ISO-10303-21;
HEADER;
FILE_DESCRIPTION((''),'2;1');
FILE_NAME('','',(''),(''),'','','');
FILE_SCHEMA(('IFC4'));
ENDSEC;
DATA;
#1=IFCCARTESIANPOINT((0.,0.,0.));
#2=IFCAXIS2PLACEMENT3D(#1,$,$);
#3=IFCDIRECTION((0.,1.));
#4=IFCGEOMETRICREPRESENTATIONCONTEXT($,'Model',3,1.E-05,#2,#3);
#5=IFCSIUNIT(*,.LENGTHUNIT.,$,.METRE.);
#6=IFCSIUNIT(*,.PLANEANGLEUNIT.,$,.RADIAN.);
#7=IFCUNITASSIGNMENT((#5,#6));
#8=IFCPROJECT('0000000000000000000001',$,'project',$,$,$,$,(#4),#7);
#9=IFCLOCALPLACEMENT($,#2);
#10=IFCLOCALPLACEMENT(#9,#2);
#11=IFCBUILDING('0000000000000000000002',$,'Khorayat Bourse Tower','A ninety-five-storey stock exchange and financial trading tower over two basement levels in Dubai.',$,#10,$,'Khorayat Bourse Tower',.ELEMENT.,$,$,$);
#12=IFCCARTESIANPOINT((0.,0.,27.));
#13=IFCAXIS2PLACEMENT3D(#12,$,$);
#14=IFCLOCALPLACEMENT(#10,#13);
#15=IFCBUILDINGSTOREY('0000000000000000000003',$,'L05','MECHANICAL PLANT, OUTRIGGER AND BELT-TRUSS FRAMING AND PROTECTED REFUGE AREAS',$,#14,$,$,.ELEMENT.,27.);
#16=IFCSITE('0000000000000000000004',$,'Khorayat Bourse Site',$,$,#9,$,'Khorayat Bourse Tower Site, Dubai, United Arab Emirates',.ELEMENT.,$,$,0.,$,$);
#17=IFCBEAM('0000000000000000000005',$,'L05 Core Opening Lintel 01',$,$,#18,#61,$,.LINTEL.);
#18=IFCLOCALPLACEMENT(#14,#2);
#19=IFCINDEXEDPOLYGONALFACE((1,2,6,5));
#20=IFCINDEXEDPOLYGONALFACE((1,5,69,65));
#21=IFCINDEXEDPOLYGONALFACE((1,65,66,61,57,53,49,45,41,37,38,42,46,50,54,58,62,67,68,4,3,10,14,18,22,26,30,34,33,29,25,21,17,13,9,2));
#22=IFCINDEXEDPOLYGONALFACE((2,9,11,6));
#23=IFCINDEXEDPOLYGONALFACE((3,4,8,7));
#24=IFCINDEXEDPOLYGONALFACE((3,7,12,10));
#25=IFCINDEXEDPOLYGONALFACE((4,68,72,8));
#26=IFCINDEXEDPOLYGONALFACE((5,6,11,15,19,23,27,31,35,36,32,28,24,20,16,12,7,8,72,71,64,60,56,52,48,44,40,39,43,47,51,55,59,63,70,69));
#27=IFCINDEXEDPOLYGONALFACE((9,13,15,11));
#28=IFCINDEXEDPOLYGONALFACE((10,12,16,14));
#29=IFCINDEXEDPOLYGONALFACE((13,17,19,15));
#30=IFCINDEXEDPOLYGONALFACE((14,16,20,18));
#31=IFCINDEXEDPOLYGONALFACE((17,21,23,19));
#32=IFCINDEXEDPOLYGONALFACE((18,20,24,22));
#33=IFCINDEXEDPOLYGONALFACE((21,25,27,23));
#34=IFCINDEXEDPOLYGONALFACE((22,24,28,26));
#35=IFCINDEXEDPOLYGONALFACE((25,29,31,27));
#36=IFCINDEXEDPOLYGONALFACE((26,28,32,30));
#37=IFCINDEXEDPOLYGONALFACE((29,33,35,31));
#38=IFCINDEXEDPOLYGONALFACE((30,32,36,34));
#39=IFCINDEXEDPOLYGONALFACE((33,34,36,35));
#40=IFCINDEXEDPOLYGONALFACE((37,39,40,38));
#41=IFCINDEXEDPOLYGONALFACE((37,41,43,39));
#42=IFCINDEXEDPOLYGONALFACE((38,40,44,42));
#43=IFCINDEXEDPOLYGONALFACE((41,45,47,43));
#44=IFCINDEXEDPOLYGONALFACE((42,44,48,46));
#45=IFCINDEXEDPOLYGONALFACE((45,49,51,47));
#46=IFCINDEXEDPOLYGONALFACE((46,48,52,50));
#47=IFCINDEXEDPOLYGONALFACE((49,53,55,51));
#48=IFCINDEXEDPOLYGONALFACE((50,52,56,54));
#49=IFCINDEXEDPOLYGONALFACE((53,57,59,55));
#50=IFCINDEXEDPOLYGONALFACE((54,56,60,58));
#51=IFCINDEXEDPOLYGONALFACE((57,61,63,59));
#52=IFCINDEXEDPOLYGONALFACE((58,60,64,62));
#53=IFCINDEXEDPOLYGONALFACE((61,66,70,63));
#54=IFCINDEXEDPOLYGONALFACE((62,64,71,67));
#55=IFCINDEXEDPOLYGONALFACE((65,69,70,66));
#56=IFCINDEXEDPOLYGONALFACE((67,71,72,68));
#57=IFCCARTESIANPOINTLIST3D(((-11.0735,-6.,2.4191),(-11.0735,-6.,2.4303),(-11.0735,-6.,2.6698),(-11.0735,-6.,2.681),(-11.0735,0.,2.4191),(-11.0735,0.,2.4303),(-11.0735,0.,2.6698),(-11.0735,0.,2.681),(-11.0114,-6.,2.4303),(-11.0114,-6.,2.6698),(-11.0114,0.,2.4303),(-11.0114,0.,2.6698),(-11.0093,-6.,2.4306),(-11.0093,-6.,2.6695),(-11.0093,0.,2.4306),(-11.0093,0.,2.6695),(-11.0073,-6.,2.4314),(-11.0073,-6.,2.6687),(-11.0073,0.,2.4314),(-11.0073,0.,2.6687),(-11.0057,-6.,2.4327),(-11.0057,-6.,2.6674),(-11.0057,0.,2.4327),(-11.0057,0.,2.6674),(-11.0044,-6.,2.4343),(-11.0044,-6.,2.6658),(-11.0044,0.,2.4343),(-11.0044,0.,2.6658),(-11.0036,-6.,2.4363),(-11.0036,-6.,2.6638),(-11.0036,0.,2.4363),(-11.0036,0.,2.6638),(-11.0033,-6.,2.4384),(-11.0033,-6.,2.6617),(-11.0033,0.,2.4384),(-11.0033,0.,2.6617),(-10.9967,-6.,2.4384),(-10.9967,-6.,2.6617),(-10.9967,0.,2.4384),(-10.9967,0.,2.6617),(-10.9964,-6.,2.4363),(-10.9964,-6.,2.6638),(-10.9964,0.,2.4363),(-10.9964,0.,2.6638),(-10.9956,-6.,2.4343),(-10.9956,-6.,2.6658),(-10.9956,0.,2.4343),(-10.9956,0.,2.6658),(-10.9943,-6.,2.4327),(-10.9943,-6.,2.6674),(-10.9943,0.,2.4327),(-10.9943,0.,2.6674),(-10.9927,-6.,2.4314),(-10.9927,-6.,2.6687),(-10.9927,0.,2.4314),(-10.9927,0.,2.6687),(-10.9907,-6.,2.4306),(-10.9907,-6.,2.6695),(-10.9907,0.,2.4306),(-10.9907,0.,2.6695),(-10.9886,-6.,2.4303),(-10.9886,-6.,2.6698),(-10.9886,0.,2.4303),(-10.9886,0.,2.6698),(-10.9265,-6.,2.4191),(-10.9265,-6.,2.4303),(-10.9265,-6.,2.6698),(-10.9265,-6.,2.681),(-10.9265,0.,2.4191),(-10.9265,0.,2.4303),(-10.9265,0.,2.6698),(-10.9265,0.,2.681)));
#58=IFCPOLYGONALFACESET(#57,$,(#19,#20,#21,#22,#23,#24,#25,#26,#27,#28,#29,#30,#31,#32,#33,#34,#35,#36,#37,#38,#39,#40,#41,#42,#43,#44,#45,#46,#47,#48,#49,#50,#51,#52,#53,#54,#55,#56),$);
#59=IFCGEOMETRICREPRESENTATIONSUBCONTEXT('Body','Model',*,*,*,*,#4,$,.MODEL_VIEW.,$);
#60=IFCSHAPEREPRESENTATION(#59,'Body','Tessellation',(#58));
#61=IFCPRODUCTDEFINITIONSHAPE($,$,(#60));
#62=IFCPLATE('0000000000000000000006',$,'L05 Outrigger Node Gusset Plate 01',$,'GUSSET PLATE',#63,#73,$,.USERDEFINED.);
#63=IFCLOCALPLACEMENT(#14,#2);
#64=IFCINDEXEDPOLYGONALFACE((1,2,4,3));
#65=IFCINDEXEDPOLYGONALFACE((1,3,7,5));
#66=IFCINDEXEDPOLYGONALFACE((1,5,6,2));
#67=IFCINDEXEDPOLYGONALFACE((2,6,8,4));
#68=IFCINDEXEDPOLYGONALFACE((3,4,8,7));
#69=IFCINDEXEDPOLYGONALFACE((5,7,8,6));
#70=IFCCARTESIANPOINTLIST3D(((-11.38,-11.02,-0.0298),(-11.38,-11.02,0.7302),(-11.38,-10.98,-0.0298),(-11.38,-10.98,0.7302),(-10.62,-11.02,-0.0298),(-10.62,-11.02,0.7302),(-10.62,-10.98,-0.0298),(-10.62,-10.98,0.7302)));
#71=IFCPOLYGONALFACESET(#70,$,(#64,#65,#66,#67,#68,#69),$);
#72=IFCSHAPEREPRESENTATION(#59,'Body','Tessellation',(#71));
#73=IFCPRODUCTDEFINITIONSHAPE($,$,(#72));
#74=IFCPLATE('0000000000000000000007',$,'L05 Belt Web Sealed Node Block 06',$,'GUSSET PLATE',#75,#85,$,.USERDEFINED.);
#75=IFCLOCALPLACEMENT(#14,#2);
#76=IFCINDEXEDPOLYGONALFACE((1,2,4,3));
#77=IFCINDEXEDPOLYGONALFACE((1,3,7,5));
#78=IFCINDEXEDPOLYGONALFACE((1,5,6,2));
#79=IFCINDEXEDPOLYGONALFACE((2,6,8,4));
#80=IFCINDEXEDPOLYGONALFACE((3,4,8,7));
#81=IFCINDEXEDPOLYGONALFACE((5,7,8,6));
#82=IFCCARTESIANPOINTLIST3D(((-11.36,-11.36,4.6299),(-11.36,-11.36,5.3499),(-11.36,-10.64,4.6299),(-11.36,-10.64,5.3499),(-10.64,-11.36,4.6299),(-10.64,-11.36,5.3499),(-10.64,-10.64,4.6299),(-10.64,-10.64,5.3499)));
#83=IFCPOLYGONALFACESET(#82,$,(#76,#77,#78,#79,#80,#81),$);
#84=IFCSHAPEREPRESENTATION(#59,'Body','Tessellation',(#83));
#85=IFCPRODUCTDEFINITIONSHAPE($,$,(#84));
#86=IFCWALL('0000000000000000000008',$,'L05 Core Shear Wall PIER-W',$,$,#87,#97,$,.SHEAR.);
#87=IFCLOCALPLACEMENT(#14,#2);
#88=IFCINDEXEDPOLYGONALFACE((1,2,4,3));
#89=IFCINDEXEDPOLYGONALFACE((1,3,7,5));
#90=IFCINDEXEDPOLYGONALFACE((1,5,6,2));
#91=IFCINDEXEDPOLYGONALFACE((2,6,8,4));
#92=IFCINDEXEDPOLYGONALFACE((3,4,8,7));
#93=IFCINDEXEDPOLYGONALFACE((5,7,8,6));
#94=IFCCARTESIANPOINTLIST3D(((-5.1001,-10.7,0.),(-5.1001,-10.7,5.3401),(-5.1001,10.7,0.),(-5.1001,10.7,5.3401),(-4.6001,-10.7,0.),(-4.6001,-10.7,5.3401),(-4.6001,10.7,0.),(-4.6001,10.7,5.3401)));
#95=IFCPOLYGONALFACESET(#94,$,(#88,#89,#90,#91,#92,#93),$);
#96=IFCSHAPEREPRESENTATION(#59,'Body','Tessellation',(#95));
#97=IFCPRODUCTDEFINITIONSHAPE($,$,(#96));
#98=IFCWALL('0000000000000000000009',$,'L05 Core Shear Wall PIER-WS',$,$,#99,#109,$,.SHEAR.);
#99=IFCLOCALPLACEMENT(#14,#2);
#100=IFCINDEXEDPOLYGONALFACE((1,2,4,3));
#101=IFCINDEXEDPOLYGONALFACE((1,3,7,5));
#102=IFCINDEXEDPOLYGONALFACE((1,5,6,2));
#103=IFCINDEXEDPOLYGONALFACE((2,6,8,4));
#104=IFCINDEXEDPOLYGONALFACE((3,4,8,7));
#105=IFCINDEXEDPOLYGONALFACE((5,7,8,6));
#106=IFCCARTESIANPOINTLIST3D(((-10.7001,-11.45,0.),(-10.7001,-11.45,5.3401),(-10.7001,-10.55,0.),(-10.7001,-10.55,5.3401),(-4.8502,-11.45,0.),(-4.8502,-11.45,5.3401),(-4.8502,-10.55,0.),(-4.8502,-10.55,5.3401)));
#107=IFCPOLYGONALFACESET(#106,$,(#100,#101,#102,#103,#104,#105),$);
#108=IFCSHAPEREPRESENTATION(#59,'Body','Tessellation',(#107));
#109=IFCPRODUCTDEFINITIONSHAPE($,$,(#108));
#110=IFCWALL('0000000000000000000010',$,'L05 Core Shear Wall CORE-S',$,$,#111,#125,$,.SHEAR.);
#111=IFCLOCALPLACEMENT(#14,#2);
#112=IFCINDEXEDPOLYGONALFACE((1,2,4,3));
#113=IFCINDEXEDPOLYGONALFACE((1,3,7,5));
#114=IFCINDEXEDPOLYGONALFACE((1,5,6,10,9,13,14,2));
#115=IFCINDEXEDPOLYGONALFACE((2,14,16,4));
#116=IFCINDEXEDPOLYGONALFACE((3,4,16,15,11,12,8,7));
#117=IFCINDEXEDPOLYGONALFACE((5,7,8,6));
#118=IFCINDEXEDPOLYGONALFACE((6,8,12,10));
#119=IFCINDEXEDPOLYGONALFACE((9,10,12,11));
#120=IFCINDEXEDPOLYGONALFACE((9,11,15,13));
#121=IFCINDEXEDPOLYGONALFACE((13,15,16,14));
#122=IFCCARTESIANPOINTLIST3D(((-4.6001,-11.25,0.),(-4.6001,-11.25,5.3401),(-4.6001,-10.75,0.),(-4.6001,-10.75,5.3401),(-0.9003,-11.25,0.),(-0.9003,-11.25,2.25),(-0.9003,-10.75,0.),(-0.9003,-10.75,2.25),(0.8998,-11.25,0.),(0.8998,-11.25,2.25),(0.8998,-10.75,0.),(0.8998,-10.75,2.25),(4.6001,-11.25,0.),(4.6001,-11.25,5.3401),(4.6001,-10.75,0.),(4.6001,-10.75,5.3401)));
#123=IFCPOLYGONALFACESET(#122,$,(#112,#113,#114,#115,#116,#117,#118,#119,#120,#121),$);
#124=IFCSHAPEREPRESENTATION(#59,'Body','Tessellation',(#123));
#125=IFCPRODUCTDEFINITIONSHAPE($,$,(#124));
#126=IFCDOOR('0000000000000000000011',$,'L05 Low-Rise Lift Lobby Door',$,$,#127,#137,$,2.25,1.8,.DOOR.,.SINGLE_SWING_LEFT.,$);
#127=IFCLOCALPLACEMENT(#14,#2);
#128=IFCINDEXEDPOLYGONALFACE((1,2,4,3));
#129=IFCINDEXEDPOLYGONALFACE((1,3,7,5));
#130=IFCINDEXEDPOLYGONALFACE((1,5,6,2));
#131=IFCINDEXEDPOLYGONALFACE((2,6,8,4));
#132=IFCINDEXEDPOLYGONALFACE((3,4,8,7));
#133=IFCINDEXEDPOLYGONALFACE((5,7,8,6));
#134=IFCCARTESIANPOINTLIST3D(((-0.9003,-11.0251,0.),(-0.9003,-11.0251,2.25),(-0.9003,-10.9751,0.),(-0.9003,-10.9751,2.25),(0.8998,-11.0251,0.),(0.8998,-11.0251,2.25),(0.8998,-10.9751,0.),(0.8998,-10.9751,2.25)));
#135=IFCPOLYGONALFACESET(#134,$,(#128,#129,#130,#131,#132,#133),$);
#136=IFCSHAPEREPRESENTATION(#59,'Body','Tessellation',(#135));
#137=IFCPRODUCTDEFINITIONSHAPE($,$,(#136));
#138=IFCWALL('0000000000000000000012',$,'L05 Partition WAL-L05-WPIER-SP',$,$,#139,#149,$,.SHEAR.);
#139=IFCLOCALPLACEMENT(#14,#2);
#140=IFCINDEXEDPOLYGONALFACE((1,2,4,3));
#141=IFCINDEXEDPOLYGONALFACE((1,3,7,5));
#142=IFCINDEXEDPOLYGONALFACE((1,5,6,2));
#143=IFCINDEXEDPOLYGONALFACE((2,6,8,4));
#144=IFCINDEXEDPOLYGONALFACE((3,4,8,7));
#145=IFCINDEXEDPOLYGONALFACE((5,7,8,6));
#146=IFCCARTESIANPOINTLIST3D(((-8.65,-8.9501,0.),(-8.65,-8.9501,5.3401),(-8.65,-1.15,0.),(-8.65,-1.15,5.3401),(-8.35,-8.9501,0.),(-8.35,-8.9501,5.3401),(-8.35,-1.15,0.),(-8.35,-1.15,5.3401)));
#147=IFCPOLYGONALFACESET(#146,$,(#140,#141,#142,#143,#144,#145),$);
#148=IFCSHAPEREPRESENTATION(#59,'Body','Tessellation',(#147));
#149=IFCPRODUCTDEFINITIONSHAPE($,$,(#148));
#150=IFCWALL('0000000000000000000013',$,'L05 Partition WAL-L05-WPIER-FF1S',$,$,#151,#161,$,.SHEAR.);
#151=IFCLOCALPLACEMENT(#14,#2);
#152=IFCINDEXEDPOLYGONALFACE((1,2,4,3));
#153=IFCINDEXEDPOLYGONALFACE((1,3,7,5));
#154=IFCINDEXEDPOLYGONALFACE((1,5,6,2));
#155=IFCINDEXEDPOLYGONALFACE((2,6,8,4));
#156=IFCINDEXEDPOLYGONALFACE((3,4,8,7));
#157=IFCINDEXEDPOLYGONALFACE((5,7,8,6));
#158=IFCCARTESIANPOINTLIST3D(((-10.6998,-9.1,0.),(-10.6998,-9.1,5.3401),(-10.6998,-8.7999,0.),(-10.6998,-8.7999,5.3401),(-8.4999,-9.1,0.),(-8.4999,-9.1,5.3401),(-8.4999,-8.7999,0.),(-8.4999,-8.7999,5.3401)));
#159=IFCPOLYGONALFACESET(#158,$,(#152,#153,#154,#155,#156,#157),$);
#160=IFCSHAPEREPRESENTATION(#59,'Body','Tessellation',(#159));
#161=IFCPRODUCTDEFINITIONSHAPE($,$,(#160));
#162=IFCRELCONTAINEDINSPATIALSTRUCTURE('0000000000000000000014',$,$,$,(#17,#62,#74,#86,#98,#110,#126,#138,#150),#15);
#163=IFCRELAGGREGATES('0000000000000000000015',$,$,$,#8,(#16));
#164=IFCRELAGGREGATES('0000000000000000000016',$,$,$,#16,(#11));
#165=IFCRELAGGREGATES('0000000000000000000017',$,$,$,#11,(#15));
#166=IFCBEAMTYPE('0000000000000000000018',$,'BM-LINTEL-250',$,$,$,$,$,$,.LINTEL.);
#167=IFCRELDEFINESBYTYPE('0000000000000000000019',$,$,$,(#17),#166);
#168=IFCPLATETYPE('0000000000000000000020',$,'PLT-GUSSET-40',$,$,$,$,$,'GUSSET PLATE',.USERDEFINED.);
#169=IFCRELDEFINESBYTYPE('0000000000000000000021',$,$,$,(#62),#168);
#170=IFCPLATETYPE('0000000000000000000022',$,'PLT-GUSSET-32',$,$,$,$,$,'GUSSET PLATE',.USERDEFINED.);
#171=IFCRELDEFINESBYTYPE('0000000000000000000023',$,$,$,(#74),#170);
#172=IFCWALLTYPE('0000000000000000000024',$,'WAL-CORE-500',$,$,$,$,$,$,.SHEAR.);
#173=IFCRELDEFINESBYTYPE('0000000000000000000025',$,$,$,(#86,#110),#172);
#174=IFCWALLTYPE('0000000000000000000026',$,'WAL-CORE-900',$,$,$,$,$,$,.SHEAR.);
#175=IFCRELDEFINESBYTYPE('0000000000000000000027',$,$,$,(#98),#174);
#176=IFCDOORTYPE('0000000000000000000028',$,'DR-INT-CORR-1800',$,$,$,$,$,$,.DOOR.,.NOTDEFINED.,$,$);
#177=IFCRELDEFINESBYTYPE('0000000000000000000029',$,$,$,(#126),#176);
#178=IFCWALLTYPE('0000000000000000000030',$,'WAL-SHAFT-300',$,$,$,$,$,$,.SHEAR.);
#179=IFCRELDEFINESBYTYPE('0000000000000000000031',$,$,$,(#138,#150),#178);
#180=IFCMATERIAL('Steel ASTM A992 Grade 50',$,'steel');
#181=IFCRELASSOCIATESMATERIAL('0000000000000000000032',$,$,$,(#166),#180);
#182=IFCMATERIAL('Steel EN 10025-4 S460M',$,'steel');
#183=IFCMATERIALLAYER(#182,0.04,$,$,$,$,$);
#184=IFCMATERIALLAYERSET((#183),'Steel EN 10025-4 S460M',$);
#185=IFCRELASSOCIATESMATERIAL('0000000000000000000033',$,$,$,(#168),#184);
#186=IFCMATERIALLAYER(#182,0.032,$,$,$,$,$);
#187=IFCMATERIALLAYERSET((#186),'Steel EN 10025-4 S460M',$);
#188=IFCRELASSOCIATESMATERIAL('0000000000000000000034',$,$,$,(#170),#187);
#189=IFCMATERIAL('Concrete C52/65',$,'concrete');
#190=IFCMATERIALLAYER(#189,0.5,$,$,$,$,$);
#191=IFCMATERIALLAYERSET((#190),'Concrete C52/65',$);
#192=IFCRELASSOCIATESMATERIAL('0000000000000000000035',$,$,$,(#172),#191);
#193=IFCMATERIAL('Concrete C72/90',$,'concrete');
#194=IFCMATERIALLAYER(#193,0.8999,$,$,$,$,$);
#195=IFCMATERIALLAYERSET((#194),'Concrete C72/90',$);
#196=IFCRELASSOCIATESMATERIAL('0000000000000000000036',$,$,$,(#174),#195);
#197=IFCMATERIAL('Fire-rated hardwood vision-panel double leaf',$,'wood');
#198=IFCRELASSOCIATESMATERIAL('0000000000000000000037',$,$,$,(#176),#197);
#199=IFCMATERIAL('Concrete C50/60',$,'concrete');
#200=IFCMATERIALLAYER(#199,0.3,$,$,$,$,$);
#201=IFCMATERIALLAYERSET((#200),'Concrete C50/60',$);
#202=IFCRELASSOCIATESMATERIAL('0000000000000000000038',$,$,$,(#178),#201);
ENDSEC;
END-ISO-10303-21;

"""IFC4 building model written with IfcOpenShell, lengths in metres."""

from ifc_helpers import new_model, si_unit, direction, frame, frame_2d, origin, origin_2d, place, context, subcontext, project, spatial, rectangle, i_section, extrude, source, transform, mapped, material, layer, layer_set, material_profile, profile_set, type_object, element, fill, save


model = new_model("IFC4")

# Units and contexts
model_context = context("Model", 3, precision=1e-05, world=origin(), true_north=direction((0.0, 1.0)))
body_context = subcontext(model_context, "Body", "Model", "MODEL_VIEW")
ifc_project = project(units=[si_unit("LENGTHUNIT", "METRE"), si_unit("PLANEANGLEUNIT", "RADIAN")], contexts=[model_context])

# Site, building, storey
site_placement = place(None, origin())
site = spatial("IfcSite", under=ifc_project, at=site_placement, Name="Khorayat Bourse Site", LongName="Khorayat Bourse Tower Site, Dubai, United Arab Emirates", CompositionType="ELEMENT", RefElevation=0.0)
building_placement = place(site_placement, origin())
building = spatial("IfcBuilding", under=site, at=building_placement, Name="Khorayat Bourse Tower", Description="A ninety-five-storey stock exchange and financial trading tower over two basement levels in Dubai.", LongName="Khorayat Bourse Tower", CompositionType="ELEMENT")
storey_placement = place(building_placement, frame((0.0, 0.0, 27.0)))
storey = spatial("IfcBuildingStorey", under=building, at=storey_placement, Name="L05", Description="MECHANICAL PLANT, OUTRIGGER AND BELT-TRUSS FRAMING AND PROTECTED REFUGE AREAS", CompositionType="ELEMENT", Elevation=27.0)

# Shared definitions
ifc_material_1 = material(Name="Concrete C72/90", Category="concrete")

# Shared definitions
ifc_material_2 = material(Name="Steel ASTM A992 Grade 50", Category="steel")

# Shared definitions
ifc_material_3 = material(Name="Steel EN 10025-4 S460M", Category="steel")

# Beam
ifc_material_profile_1 = material_profile(ifc_material_2, i_section(OverallWidth=0.147, OverallDepth=0.262, WebThickness=0.0066, FlangeThickness=0.0112, FilletRadius=0.0081, at=origin_2d()), Name="W250X39")
ifc_profile_set_1 = profile_set([ifc_material_profile_1], Name="Steel ASTM A992 Grade 50")
beam_type_1 = type_object("IfcBeamType", Name="BM-LINTEL-250", PredefinedType="LINTEL", material=ifc_profile_set_1)
shared_shape_1 = source(origin(), body_context, "Body", "SweptSolid", [
    extrude(i_section(OverallWidth=0.147, OverallDepth=0.262, WebThickness=0.0066, FlangeThickness=0.0112, FilletRadius=0.0081, at=origin_2d()), origin(), (0.0, 0.0, 1.0), 6.0),
])
beam_1_placement = place(storey_placement, frame((-11.0, -6.0, 2.55), z_axis=(0.0, 1.0, 0.0), x_axis=(-1.0, 0.0, 0.0)))
element("IfcBeam", 1, at=beam_1_placement, inside=storey, type_object=beam_type_1, Name="L05 Core Opening Lintel 01", PredefinedType="LINTEL", context=body_context, shape_type="MappedRepresentation", body=[
    mapped(shared_shape_1, transform((0.0, 0.0, 0.0), scale=1.0)),
])

# Plates
ifc_layer_1 = layer(ifc_material_3, 0.04)
ifc_layer_set_1 = layer_set([ifc_layer_1], Name="Steel EN 10025-4 S460M")
plate_type_1 = type_object("IfcPlateType", Name="PLT-GUSSET-40", ElementType="GUSSET PLATE", PredefinedType="USERDEFINED", material=ifc_layer_set_1)
shared_shape_2 = source(origin(), body_context, "Body", "SweptSolid", [
    extrude(rectangle(XDim=0.76, YDim=0.04, at=origin_2d()), origin(), (0.0, 0.0, 1.0), 0.76),
])
plate_1_placement = place(storey_placement, frame((-11.0, -11.0, -0.0298), z_axis=(0.0, 0.0, 1.0), x_axis=(1.0, 0.0, 0.0)))
element("IfcPlate", 2, at=plate_1_placement, inside=storey, type_object=plate_type_1, Name="L05 Outrigger Node Gusset Plate 01", ObjectType="GUSSET PLATE", PredefinedType="USERDEFINED", context=body_context, shape_type="MappedRepresentation", body=[
    mapped(shared_shape_2, transform((0.0, 0.0, 0.0), scale=1.0)),
])
ifc_layer_2 = layer(ifc_material_3, 0.032)
ifc_layer_set_2 = layer_set([ifc_layer_2], Name="Steel EN 10025-4 S460M")
plate_type_2 = type_object("IfcPlateType", Name="PLT-GUSSET-32", ElementType="GUSSET PLATE", PredefinedType="USERDEFINED", material=ifc_layer_set_2)
shared_shape_3 = source(origin(), body_context, "Body", "SweptSolid", [
    extrude(rectangle(XDim=0.72, YDim=0.72, at=origin_2d()), origin(), (0.0, 0.0, 1.0), 0.72),
])
plate_2_placement = place(storey_placement, frame((-11.0, -11.0, 4.6299), z_axis=(0.0, 0.0, 1.0), x_axis=(1.0, 0.0, 0.0)))
element("IfcPlate", 3, at=plate_2_placement, inside=storey, type_object=plate_type_2, Name="L05 Belt Web Sealed Node Block 06", ObjectType="GUSSET PLATE", PredefinedType="USERDEFINED", context=body_context, shape_type="MappedRepresentation", body=[
    mapped(shared_shape_3, transform((0.0, 0.0, 0.0), scale=1.0)),
])

# Walls
ifc_material_4 = material(Name="Concrete C52/65", Category="concrete")
ifc_layer_3 = layer(ifc_material_4, 0.5)
ifc_layer_set_3 = layer_set([ifc_layer_3], Name="Concrete C52/65")
wall_type_1 = type_object("IfcWallType", Name="WAL-CORE-500", PredefinedType="SHEAR", material=ifc_layer_set_3)
shared_shape_4 = source(origin(), body_context, "Body", "SweptSolid", [
    extrude(rectangle(XDim=21.3999, YDim=0.5, at=frame_2d((10.7, 0.0))), origin(), (0.0, 0.0, 1.0), 5.3401),
])
wall_1_placement = place(storey_placement, frame((-4.8501, -10.7, 0.0), z_axis=(0.0, 0.0, 1.0), x_axis=(0.0, 1.0, 0.0)))
element("IfcWall", 4, at=wall_1_placement, inside=storey, type_object=wall_type_1, Name="L05 Core Shear Wall PIER-W", PredefinedType="SHEAR", context=body_context, shape_type="MappedRepresentation", body=[
    mapped(shared_shape_4, transform((0.0, 0.0, 0.0), scale=1.0)),
])
ifc_layer_4 = layer(ifc_material_1, 0.8999)
ifc_layer_set_4 = layer_set([ifc_layer_4], Name="Concrete C72/90")
wall_type_2 = type_object("IfcWallType", Name="WAL-CORE-900", PredefinedType="SHEAR", material=ifc_layer_set_4)
shared_shape_5 = source(origin(), body_context, "Body", "SweptSolid", [
    extrude(rectangle(XDim=5.8499, YDim=0.8999, at=frame_2d((2.9248, 0.0))), origin(), (0.0, 0.0, 1.0), 5.3401),
])
wall_2_placement = place(storey_placement, frame((-10.7, -11.0, 0.0), z_axis=(0.0, 0.0, 1.0), x_axis=(1.0, 0.0, 0.0)))
element("IfcWall", 5, at=wall_2_placement, inside=storey, type_object=wall_type_2, Name="L05 Core Shear Wall PIER-WS", PredefinedType="SHEAR", context=body_context, shape_type="MappedRepresentation", body=[
    mapped(shared_shape_5, transform((0.0, 0.0, 0.0), scale=1.0)),
])

# Wall, opening, door
shared_shape_6 = source(origin(), body_context, "Body", "SweptSolid", [
    extrude(rectangle(XDim=9.2002, YDim=0.5, at=frame_2d((4.6001, 0.0))), origin(), (0.0, 0.0, 1.0), 5.3401),
])
wall_3_placement = place(storey_placement, frame((-4.6001, -11.0, 0.0), z_axis=(0.0, 0.0, 1.0), x_axis=(1.0, 0.0, 0.0)))
wall_3 = element("IfcWall", 6, at=wall_3_placement, inside=storey, type_object=wall_type_1, Name="L05 Core Shear Wall CORE-S", PredefinedType="SHEAR", context=body_context, shape_type="MappedRepresentation", body=[
    mapped(shared_shape_6, transform((0.0, 0.0, 0.0), scale=1.0)),
])
shared_shape_7 = source(origin(), body_context, "Body", "SweptSolid", [
    extrude(rectangle(XDim=1.8, YDim=2.25, at=frame_2d((0.8999, 1.125))), frame((0.0, 0.26, 0.0), z_axis=(0.0, -1.0, 0.0), x_axis=(1.0, 0.0, 0.0)), (0.0, 0.0, 1.0), 0.52),
])
opening_1_placement = place(wall_3_placement, frame((3.7, 0.0, 0.0)))
opening_1 = element("IfcOpeningElement", 7, at=opening_1_placement, cuts=wall_3, PredefinedType="OPENING", context=body_context, shape_type="MappedRepresentation", body=[
    mapped(shared_shape_7, transform((0.0, 0.0, 0.0), scale=1.0)),
])
ifc_material_5 = material(Name="Fire-rated hardwood vision-panel double leaf", Category="wood")
door_type_1 = type_object("IfcDoorType", Name="DR-INT-CORR-1800", OperationType="NOTDEFINED", PredefinedType="DOOR", material=ifc_material_5)
shared_shape_8 = source(origin(), body_context, "Body", "SweptSolid", [
    extrude(rectangle(XDim=1.8, YDim=2.25, at=frame_2d((0.8999, 1.125))), frame((0.0, 0.0249, 0.0), z_axis=(0.0, -1.0, 0.0), x_axis=(1.0, 0.0, 0.0)), (0.0, 0.0, 1.0), 0.05),
])
door_1_placement = place(opening_1_placement, origin())
door_1 = element("IfcDoor", 8, at=door_1_placement, inside=storey, type_object=door_type_1, Name="L05 Low-Rise Lift Lobby Door", OperationType="SINGLE_SWING_LEFT", OverallHeight=2.25, OverallWidth=1.8, PredefinedType="DOOR", context=body_context, shape_type="MappedRepresentation", body=[
    mapped(shared_shape_8, transform((0.0, 0.0, 0.0), scale=1.0)),
])
fill(opening_1, door_1)

# Walls
ifc_material_6 = material(Name="Concrete C50/60", Category="concrete")
ifc_layer_5 = layer(ifc_material_6, 0.3)
ifc_layer_set_5 = layer_set([ifc_layer_5], Name="Concrete C50/60")
wall_type_3 = type_object("IfcWallType", Name="WAL-SHAFT-300", PredefinedType="SHEAR", material=ifc_layer_set_5)
shared_shape_9 = source(origin(), body_context, "Body", "SweptSolid", [
    extrude(rectangle(XDim=7.8, YDim=0.3, at=frame_2d((3.8999, 0.0))), origin(), (0.0, 0.0, 1.0), 5.3401),
])
wall_4_placement = place(storey_placement, frame((-8.5, -8.95, 0.0), z_axis=(0.0, 0.0, 1.0), x_axis=(0.0, 1.0, 0.0)))
element("IfcWall", 9, at=wall_4_placement, inside=storey, type_object=wall_type_3, Name="L05 Partition WAL-L05-WPIER-SP", PredefinedType="SHEAR", context=body_context, shape_type="MappedRepresentation", body=[
    mapped(shared_shape_9, transform((0.0, 0.0, 0.0), scale=1.0)),
])
shared_shape_10 = source(origin(), body_context, "Body", "SweptSolid", [
    extrude(rectangle(XDim=2.2, YDim=0.3, at=frame_2d((1.1001, 0.0))), origin(), (0.0, 0.0, 1.0), 5.3401),
])
for number, where, z_axis, x_axis, name in (
    (10, (-10.7, -8.95, 0.0), (0.0, 0.0, 1.0), (1.0, 0.0, 0.0), "L05 Partition WAL-L05-WPIER-FF1S"),
):
    element("IfcWall", number, at=place(storey_placement, frame(where, z_axis=z_axis, x_axis=x_axis)), inside=storey, type_object=wall_type_3, Name=name, PredefinedType="SHEAR", context=body_context, shape_type="MappedRepresentation", body=[
        mapped(shared_shape_10, transform((0.0, 0.0, 0.0), scale=1.0)),
    ])

save(model, "model.ifc")
